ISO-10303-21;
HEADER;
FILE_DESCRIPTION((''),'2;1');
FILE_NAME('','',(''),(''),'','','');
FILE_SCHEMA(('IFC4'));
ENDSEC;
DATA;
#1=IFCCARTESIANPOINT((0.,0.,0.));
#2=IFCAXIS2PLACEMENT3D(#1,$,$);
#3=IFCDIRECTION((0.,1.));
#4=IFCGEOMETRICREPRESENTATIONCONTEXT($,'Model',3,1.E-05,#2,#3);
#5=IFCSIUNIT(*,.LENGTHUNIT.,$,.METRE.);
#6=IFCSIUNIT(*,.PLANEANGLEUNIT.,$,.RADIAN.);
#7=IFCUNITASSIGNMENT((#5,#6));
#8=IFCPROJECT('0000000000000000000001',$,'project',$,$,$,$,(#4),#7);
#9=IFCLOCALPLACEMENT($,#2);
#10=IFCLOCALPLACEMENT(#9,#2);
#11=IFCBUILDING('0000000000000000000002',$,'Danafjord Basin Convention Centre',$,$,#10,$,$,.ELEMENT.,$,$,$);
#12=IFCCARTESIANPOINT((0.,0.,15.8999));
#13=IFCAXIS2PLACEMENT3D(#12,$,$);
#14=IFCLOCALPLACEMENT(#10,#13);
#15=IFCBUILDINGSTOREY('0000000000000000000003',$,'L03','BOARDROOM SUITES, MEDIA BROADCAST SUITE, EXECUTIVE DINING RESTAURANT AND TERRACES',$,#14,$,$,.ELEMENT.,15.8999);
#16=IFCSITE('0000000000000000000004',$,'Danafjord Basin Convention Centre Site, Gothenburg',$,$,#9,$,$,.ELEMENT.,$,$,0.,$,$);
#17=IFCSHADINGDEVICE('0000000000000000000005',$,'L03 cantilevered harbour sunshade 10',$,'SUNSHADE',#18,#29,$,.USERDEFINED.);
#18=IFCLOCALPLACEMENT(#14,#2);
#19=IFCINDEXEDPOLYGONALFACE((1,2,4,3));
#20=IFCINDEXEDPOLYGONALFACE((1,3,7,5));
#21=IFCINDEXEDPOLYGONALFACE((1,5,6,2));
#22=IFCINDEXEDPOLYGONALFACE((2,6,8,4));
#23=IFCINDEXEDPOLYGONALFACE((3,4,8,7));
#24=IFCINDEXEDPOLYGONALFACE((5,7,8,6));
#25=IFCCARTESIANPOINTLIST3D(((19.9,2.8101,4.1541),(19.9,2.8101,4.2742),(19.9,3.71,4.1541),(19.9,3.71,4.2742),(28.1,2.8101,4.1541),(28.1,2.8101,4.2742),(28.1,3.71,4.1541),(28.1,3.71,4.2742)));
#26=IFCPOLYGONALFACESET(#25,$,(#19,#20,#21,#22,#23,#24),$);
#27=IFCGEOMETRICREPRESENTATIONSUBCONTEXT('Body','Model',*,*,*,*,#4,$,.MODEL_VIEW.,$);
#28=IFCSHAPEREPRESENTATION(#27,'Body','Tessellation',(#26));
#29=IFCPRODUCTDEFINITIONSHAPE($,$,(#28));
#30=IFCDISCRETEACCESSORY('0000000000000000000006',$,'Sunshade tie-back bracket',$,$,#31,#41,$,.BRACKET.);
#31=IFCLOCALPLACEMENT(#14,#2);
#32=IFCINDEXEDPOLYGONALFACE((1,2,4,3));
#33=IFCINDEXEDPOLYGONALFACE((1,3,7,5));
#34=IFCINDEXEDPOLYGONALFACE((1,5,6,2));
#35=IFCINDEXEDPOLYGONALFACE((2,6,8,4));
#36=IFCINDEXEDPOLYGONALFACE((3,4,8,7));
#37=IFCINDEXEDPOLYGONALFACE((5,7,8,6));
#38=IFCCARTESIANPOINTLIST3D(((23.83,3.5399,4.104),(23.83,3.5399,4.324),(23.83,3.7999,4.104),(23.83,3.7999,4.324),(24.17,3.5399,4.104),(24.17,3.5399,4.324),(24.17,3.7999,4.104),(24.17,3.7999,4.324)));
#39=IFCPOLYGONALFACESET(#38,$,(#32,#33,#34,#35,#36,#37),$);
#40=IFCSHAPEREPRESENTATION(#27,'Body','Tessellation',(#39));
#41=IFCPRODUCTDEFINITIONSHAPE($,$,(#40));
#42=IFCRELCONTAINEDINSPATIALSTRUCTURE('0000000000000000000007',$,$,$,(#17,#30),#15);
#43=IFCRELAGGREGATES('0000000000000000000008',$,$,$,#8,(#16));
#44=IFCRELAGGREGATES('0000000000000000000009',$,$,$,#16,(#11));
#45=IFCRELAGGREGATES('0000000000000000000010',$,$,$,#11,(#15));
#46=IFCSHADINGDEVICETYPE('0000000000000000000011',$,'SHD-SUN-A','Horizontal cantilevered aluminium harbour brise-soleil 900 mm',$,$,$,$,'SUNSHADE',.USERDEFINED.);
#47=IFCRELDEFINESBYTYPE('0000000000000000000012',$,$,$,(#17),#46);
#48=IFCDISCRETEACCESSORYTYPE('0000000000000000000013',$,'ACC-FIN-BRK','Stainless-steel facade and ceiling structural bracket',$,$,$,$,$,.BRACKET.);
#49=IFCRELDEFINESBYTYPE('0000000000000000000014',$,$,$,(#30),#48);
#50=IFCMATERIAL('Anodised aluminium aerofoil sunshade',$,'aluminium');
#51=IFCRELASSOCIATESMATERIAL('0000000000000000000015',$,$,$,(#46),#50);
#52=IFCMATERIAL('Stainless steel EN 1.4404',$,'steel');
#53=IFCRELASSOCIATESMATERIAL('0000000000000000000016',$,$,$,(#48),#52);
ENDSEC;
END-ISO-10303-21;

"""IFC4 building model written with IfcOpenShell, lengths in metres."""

from ifc_helpers import new_model, si_unit, direction, frame, origin, origin_2d, place, context, subcontext, project, spatial, rectangle, extrude, material, type_object, element, save


model = new_model("IFC4")

# Units and contexts
model_context = context("Model", 3, precision=1e-05, world=origin(), true_north=direction((0.0, 1.0)))
body_context = subcontext(model_context, "Body", "Model", "MODEL_VIEW")
ifc_project = project(units=[si_unit("LENGTHUNIT", "METRE"), si_unit("PLANEANGLEUNIT", "RADIAN")], contexts=[model_context])

# Site, building, storey
site_placement = place(None, origin())
site = spatial("IfcSite", under=ifc_project, at=site_placement, Name="Danafjord Basin Convention Centre Site, Gothenburg", CompositionType="ELEMENT", RefElevation=0.0)
building_placement = place(site_placement, origin())
building = spatial("IfcBuilding", under=site, at=building_placement, Name="Danafjord Basin Convention Centre", CompositionType="ELEMENT")
storey_placement = place(building_placement, frame((0.0, 0.0, 15.8999)))
storey = spatial("IfcBuildingStorey", under=building, at=storey_placement, Name="L03", Description="BOARDROOM SUITES, MEDIA BROADCAST SUITE, EXECUTIVE DINING RESTAURANT AND TERRACES", CompositionType="ELEMENT", Elevation=15.8999)

# Shading device
ifc_material_1 = material(Name="Anodised aluminium aerofoil sunshade", Category="aluminium")
shading_device_type = type_object("IfcShadingDeviceType", Name="SHD-SUN-A", Description="Horizontal cantilevered aluminium harbour brise-soleil 900 mm", ElementType="SUNSHADE", PredefinedType="USERDEFINED", material=ifc_material_1)
shading_device_placement = place(storey_placement, frame((24.0, 3.26, 4.1541), z_axis=(0.0, 0.0, 1.0), x_axis=(1.0, 0.0, 0.0)))
element("IfcShadingDevice", 1, at=shading_device_placement, inside=storey, type_object=shading_device_type, Name="L03 cantilevered harbour sunshade 10", ObjectType="SUNSHADE", PredefinedType="USERDEFINED", context=body_context, shape_type="SweptSolid", body=[
    extrude(rectangle(XDim=8.2, YDim=0.8999, at=origin_2d()), origin(), (0.0, 0.0, 1.0), 0.1201),
])

# Discrete accessory
ifc_material_2 = material(Name="Stainless steel EN 1.4404", Category="steel")
discrete_accessory_type = type_object("IfcDiscreteAccessoryType", Name="ACC-FIN-BRK", Description="Stainless-steel facade and ceiling structural bracket", PredefinedType="BRACKET", material=ifc_material_2)
discrete_accessory_placement = place(storey_placement, frame((24.0, 3.6699, 4.104), z_axis=(0.0, 0.0, 1.0), x_axis=(1.0, 0.0, 0.0)))
element("IfcDiscreteAccessory", 2, at=discrete_accessory_placement, inside=storey, type_object=discrete_accessory_type, Name="Sunshade tie-back bracket", PredefinedType="BRACKET", context=body_context, shape_type="SweptSolid", body=[
    extrude(rectangle(XDim=0.3401, YDim=0.26, at=origin_2d()), origin(), (0.0, 0.0, 1.0), 0.22),
])

save(model, "model.ifc")
